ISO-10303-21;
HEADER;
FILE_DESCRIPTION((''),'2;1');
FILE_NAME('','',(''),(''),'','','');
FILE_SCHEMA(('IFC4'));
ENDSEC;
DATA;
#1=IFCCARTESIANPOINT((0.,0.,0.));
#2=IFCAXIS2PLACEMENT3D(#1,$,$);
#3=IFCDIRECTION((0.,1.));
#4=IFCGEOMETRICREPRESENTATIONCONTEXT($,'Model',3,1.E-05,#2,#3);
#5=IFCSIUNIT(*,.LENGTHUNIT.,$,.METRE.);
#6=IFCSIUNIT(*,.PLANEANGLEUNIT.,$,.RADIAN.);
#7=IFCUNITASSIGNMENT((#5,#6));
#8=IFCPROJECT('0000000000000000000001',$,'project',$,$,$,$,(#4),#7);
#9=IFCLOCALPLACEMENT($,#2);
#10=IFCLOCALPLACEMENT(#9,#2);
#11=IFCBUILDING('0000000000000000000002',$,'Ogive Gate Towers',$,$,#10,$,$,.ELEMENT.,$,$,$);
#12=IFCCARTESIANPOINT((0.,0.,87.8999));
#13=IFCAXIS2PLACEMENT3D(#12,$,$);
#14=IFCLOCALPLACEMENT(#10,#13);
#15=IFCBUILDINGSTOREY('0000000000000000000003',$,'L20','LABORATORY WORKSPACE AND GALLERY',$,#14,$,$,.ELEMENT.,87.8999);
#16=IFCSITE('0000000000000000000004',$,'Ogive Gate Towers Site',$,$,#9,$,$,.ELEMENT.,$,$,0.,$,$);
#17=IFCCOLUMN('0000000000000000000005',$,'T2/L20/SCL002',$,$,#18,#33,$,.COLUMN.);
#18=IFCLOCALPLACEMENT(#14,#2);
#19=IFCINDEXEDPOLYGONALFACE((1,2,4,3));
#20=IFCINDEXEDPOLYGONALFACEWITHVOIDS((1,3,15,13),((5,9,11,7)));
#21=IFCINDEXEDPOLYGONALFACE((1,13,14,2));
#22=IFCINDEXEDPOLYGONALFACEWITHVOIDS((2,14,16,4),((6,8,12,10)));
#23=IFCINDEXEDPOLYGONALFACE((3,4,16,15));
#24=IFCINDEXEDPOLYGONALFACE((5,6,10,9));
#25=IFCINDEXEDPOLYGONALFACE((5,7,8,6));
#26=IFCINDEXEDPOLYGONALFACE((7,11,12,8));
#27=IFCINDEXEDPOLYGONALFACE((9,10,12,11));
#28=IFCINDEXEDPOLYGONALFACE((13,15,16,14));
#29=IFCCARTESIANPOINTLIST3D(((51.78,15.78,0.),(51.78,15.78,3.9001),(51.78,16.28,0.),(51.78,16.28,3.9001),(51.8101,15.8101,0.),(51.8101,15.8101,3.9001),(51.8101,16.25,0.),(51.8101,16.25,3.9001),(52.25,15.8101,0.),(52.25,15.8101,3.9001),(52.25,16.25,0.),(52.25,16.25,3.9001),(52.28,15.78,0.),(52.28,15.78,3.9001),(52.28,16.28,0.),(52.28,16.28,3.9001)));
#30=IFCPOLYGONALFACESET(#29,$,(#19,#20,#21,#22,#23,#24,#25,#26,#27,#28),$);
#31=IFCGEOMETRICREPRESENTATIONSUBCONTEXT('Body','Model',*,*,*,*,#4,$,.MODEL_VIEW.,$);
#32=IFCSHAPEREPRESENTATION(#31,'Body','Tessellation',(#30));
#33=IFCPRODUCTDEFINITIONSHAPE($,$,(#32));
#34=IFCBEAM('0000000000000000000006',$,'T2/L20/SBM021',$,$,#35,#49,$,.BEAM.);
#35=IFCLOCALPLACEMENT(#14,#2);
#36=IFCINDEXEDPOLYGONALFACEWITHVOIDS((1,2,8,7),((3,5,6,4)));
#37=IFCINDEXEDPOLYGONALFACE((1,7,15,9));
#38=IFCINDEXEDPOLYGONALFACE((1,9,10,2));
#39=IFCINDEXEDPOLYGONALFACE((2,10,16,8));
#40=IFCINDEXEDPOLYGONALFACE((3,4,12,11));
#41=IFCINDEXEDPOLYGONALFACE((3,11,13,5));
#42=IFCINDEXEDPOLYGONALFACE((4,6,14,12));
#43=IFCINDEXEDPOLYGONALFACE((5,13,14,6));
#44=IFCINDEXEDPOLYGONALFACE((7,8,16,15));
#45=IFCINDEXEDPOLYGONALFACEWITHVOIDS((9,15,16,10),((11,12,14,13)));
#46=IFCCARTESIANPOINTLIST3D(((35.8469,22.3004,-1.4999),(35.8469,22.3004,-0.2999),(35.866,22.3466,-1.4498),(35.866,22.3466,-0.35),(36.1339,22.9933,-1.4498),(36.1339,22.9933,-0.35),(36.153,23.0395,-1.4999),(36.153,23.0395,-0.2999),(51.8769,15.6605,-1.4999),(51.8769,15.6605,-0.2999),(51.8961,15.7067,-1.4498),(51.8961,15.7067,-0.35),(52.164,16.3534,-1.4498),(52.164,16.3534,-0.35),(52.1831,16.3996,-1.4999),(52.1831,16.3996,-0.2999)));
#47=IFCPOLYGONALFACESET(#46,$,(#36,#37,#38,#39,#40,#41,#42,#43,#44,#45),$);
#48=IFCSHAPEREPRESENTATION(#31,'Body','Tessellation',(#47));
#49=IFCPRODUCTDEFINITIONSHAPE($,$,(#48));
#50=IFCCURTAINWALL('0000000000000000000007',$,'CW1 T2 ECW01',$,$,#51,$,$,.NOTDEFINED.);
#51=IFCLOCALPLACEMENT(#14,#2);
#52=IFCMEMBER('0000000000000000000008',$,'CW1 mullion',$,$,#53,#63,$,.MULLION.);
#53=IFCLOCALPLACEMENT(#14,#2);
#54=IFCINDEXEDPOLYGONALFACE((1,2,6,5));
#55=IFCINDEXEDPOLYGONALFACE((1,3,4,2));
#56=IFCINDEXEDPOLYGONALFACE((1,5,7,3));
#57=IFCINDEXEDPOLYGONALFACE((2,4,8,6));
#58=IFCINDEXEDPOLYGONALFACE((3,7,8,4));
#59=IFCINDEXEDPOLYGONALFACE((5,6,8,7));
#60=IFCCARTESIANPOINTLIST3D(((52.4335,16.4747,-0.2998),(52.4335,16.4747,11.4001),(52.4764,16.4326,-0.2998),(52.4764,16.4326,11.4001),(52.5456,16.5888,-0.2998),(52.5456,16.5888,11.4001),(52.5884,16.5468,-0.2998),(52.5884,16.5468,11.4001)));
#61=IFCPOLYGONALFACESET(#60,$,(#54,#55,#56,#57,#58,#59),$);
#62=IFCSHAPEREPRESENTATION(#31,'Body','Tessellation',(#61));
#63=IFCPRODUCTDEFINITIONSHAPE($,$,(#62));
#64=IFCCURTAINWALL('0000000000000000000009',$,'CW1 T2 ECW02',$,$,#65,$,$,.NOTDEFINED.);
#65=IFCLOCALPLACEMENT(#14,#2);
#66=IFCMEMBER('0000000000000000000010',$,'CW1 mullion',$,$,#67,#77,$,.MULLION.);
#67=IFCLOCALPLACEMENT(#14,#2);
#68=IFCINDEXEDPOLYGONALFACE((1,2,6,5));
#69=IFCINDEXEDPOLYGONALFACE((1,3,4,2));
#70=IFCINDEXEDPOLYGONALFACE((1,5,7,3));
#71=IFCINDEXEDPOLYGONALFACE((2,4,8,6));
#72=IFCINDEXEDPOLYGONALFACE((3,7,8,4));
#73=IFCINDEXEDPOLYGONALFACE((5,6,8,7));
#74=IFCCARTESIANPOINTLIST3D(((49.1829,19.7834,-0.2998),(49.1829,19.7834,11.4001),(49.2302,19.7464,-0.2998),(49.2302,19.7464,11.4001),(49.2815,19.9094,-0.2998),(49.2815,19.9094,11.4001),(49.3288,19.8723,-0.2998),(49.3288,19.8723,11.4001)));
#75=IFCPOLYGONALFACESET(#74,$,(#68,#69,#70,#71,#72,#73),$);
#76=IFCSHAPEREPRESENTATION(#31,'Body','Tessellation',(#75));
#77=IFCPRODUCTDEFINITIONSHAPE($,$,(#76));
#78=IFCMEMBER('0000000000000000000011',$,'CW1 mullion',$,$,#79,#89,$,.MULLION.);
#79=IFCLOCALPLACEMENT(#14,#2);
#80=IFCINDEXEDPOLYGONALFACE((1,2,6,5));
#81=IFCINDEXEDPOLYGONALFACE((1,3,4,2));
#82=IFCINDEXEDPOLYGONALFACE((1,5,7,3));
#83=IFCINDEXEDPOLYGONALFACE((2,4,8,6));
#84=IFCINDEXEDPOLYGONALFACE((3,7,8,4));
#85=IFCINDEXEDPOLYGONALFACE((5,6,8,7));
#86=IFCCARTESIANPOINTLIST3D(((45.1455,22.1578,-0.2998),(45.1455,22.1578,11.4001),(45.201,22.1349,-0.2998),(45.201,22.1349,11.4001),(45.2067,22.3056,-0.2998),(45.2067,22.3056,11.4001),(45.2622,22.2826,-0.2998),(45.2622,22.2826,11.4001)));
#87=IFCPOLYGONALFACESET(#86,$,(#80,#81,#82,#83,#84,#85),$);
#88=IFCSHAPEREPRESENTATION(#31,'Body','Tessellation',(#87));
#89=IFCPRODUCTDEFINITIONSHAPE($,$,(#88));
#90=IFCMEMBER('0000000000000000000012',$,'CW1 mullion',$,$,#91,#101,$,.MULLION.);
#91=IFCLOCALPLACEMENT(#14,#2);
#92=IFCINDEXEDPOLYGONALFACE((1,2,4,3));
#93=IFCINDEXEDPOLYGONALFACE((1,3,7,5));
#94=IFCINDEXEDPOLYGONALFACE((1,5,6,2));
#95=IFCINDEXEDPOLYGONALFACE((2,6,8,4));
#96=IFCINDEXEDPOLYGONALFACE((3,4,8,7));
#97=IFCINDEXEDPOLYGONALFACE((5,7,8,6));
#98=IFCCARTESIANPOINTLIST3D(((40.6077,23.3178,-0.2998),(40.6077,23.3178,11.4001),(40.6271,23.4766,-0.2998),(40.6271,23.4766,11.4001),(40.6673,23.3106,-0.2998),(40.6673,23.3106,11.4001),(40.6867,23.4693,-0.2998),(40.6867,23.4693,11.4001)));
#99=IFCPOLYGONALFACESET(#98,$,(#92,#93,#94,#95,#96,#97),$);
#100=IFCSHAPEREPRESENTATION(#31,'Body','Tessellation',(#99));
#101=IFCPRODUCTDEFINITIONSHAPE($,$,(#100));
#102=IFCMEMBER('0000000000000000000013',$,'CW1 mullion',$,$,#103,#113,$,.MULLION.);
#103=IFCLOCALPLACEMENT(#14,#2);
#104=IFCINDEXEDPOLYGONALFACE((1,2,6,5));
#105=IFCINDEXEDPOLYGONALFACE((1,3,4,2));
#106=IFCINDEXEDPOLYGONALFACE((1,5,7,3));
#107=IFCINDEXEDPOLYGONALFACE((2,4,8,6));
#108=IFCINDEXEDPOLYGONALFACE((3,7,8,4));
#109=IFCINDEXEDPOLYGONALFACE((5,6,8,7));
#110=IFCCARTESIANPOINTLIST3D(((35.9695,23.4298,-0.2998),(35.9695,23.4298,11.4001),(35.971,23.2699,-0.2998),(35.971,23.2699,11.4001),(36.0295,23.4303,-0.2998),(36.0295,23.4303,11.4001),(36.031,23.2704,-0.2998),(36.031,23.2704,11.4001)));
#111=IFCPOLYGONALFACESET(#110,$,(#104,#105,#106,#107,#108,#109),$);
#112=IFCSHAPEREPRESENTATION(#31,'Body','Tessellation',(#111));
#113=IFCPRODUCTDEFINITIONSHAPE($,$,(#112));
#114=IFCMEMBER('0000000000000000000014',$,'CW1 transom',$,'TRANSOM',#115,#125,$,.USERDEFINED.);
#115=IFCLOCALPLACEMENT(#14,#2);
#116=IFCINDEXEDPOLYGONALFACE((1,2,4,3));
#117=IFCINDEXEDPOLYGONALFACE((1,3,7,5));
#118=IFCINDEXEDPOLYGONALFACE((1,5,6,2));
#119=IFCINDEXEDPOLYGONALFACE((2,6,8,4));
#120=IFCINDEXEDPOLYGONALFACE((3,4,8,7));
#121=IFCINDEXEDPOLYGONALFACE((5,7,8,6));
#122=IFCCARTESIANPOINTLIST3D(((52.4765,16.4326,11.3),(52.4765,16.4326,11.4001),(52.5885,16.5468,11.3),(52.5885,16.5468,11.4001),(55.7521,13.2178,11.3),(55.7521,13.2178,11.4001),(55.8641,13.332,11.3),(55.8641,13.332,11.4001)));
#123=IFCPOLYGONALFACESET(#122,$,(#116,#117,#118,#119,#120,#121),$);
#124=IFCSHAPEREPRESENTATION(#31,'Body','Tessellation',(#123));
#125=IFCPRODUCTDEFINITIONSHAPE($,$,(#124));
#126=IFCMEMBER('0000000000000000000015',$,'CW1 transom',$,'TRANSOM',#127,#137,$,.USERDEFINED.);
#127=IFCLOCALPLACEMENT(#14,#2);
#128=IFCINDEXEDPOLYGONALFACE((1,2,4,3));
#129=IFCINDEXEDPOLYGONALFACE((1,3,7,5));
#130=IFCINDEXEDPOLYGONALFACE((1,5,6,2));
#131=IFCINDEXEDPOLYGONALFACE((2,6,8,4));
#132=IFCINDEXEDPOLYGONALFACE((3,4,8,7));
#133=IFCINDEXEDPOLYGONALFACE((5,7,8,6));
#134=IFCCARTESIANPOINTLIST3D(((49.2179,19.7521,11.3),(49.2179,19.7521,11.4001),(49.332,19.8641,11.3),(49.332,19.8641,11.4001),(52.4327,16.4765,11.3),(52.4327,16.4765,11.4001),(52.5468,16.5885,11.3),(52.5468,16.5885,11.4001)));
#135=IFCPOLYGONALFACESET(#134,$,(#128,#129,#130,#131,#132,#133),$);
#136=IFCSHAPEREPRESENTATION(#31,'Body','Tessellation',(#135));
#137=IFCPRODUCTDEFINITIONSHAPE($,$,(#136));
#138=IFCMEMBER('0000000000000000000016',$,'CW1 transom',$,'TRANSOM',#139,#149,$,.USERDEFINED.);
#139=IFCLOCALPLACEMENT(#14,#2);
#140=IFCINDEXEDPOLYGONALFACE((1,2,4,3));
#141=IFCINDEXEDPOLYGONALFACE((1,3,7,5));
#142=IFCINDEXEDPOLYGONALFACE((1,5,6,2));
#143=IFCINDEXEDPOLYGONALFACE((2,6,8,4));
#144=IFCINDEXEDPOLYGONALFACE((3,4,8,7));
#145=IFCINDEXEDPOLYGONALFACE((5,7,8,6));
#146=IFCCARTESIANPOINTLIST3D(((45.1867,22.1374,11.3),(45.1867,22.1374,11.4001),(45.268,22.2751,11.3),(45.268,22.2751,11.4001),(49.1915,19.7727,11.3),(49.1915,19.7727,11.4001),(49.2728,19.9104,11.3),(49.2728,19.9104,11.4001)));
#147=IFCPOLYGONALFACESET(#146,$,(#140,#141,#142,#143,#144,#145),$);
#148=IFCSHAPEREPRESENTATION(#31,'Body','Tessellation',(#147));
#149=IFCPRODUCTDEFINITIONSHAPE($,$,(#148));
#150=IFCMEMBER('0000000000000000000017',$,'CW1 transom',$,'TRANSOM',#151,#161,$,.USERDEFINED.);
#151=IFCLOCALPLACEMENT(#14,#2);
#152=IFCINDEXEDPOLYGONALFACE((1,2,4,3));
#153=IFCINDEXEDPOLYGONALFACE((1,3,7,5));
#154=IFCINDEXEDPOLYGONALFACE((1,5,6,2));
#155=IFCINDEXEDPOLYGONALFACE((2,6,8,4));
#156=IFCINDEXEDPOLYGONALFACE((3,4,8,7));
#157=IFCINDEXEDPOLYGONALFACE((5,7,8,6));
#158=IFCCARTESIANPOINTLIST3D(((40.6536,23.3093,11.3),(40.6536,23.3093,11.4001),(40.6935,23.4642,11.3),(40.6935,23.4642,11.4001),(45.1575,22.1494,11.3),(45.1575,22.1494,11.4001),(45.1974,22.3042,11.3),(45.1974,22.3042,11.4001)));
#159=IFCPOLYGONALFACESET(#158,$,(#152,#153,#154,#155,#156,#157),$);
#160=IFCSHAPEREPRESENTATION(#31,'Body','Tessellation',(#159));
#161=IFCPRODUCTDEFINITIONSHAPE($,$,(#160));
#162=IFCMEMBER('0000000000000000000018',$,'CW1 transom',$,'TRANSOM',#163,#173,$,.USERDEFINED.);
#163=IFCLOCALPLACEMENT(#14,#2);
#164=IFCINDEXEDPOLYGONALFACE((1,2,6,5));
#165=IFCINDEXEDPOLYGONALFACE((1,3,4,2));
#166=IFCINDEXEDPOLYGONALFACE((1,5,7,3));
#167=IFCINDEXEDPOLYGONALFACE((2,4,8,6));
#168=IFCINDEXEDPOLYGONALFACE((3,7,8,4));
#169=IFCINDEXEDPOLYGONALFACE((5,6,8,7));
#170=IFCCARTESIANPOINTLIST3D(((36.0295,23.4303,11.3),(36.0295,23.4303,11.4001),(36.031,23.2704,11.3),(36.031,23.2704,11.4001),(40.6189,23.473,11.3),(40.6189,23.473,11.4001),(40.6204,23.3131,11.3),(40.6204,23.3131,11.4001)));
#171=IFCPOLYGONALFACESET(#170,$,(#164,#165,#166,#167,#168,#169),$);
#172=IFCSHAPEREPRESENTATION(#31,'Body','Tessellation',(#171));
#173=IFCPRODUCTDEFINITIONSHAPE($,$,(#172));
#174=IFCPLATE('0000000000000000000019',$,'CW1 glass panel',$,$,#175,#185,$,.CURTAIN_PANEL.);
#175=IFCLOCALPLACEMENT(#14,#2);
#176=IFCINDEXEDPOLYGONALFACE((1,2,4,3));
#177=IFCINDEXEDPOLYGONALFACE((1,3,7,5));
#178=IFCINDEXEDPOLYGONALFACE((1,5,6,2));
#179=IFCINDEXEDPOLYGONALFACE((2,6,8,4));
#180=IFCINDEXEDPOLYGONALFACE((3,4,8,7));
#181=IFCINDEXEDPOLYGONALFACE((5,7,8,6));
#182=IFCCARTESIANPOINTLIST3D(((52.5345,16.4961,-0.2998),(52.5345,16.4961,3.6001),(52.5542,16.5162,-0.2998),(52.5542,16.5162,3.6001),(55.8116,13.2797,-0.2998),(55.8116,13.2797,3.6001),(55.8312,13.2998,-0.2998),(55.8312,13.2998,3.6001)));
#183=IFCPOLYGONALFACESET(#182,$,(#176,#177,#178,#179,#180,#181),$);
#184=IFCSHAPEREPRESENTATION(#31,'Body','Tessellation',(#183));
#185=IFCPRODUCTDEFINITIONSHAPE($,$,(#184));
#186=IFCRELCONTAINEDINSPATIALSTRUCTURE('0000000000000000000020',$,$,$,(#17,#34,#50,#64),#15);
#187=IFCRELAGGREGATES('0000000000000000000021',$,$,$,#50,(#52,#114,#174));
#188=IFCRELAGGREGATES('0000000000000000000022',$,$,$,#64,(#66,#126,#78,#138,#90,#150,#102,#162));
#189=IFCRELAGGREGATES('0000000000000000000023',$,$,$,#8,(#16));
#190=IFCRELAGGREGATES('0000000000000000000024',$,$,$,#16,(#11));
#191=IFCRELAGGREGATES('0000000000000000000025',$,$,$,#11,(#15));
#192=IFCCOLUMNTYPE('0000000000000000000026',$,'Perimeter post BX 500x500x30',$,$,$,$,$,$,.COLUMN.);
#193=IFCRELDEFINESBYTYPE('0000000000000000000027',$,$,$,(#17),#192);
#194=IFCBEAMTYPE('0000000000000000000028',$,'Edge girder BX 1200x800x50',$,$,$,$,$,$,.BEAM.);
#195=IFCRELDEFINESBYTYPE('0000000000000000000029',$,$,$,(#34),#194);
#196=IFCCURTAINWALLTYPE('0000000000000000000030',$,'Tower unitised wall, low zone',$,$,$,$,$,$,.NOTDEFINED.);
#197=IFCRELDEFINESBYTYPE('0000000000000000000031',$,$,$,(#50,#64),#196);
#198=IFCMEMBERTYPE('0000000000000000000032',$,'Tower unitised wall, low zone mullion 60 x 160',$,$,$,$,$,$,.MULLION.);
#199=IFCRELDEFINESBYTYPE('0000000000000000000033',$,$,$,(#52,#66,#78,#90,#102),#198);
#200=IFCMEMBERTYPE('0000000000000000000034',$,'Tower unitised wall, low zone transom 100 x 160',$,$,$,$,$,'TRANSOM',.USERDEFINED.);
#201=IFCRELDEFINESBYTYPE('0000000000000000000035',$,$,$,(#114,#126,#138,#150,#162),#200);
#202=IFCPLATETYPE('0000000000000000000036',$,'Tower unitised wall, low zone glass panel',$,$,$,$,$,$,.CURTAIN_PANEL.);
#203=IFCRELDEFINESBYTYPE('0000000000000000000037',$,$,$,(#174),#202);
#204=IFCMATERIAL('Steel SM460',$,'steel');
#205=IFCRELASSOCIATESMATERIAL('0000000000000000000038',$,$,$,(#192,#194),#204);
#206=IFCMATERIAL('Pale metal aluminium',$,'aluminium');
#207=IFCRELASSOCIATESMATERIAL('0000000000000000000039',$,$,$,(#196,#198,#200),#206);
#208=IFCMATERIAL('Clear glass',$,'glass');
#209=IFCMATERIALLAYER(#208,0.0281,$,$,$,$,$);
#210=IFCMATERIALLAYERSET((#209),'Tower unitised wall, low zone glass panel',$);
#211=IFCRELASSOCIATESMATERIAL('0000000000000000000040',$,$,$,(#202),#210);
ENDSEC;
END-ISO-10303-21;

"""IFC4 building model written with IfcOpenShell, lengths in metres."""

from ifc_helpers import new_model, si_unit, direction, frame, origin, origin_2d, place, context, subcontext, project, spatial, rectangle, hollow_rectangle, extrude, material, layer, layer_set, material_profile, profile_set, type_object, element, aggregate, save


model = new_model("IFC4")

# Units and contexts
model_context = context("Model", 3, precision=1e-05, world=origin(), true_north=direction((0.0, 1.0)))
body_context = subcontext(model_context, "Body", "Model", "MODEL_VIEW")
ifc_project = project(units=[si_unit("LENGTHUNIT", "METRE"), si_unit("PLANEANGLEUNIT", "RADIAN")], contexts=[model_context])

# Site, building, storey
site_placement = place(None, origin())
site = spatial("IfcSite", under=ifc_project, at=site_placement, Name="Ogive Gate Towers Site", CompositionType="ELEMENT", RefElevation=0.0)
building_placement = place(site_placement, origin())
building = spatial("IfcBuilding", under=site, at=building_placement, Name="Ogive Gate Towers", CompositionType="ELEMENT")
storey_placement = place(building_placement, frame((0.0, 0.0, 87.8999)))
storey = spatial("IfcBuildingStorey", under=building, at=storey_placement, Name="L20", Description="LABORATORY WORKSPACE AND GALLERY", CompositionType="ELEMENT", Elevation=87.8999)

# Column
ifc_material_1 = material(Name="Steel SM460", Category="steel")
ifc_material_profile_1 = material_profile(ifc_material_1, hollow_rectangle(XDim=0.5, YDim=0.5, WallThickness=0.03, at=origin_2d()), Name="BX 500x500x30")
ifc_profile_set_1 = profile_set([ifc_material_profile_1], Name="Steel SM460")
column_type = type_object("IfcColumnType", Name="Perimeter post BX 500x500x30", PredefinedType="COLUMN", material=ifc_profile_set_1)
column_placement = place(storey_placement, frame((52.03, 16.03, 0.0), z_axis=(0.0, 0.0, 1.0), x_axis=(1.0, 0.0, 0.0)))
element("IfcColumn", 1, at=column_placement, inside=storey, type_object=column_type, Name="T2/L20/SCL002", PredefinedType="COLUMN", context=body_context, shape_type="SweptSolid", body=[
    extrude(hollow_rectangle(XDim=0.5, YDim=0.5, WallThickness=0.03, at=origin_2d()), origin(), (0.0, 0.0, 1.0), 3.9001),
])

# Beam
ifc_material_profile_2 = material_profile(ifc_material_1, hollow_rectangle(XDim=0.8, YDim=1.2, WallThickness=0.05, at=origin_2d()), Name="BX 1200x800x50")
ifc_profile_set_2 = profile_set([ifc_material_profile_2], Name="Steel SM460")
beam_type = type_object("IfcBeamType", Name="Edge girder BX 1200x800x50", PredefinedType="BEAM", material=ifc_profile_set_2)
beam_placement = place(storey_placement, frame((52.03, 16.03, -0.8999), z_axis=(-0.923879, 0.382685, 0.0), x_axis=(-0.382685, -0.923879, 0.0)))
element("IfcBeam", 2, at=beam_placement, inside=storey, type_object=beam_type, Name="T2/L20/SBM021", PredefinedType="BEAM", context=body_context, shape_type="SweptSolid", body=[
    extrude(hollow_rectangle(XDim=0.8, YDim=1.2, WallThickness=0.05, at=origin_2d()), origin(), (0.0, 0.0, 1.0), 17.3508),
])

# Curtain wall, member
ifc_material_2 = material(Name="Pale metal aluminium", Category="aluminium")
curtain_wall_type = type_object("IfcCurtainWallType", Name="Tower unitised wall, low zone", PredefinedType="NOTDEFINED", material=ifc_material_2)
curtain_wall_1_placement = place(storey_placement, origin())
curtain_wall_1 = element("IfcCurtainWall", 3, at=curtain_wall_1_placement, inside=storey, type_object=curtain_wall_type, Name="CW1 T2 ECW01", PredefinedType="NOTDEFINED")
ifc_material_profile_3 = material_profile(ifc_material_2, rectangle(XDim=0.1599, YDim=0.0601, at=origin_2d()), Name="60 x 160 aluminium box")
ifc_profile_set_3 = profile_set([ifc_material_profile_3], Name="Pale metal aluminium")
member_type_1 = type_object("IfcMemberType", Name="Tower unitised wall, low zone mullion 60 x 160", PredefinedType="MULLION", material=ifc_profile_set_3)
member_1_placement = place(storey_placement, frame((52.511, 16.5107, -0.2998), z_axis=(0.0, 0.0, 1.0), x_axis=(0.700473, 0.713678, 0.0)))
member_1 = element("IfcMember", 4, at=member_1_placement, type_object=member_type_1, Name="CW1 mullion", PredefinedType="MULLION", context=body_context, shape_type="SweptSolid", body=[
    extrude(rectangle(XDim=0.1599, YDim=0.0601, at=origin_2d()), origin(), (0.0, 0.0, 1.0), 11.7),
])

# Curtain wall, members
curtain_wall_2_placement = place(storey_placement, origin())
curtain_wall_2 = element("IfcCurtainWall", 5, at=curtain_wall_2_placement, inside=storey, type_object=curtain_wall_type, Name="CW1 T2 ECW02", PredefinedType="NOTDEFINED")
member_2_placement = place(storey_placement, frame((49.2559, 19.8279, -0.2998), z_axis=(0.0, 0.0, 1.0), x_axis=(0.616321, 0.787495, 0.0)))
member_2 = element("IfcMember", 6, at=member_2_placement, type_object=member_type_1, Name="CW1 mullion", PredefinedType="MULLION", context=body_context, shape_type="SweptSolid", body=[
    extrude(rectangle(XDim=0.1599, YDim=0.0601, at=origin_2d()), origin(), (0.0, 0.0, 1.0), 11.7),
])
member_3_placement = place(storey_placement, frame((45.2039, 22.2202, -0.2998), z_axis=(0.0, 0.0, 1.0), x_axis=(0.382683, 0.92388, 0.0)))
member_3 = element("IfcMember", 7, at=member_3_placement, type_object=member_type_1, Name="CW1 mullion", PredefinedType="MULLION", context=body_context, shape_type="SweptSolid", body=[
    extrude(rectangle(XDim=0.1599, YDim=0.0601, at=origin_2d()), origin(), (0.0, 0.0, 1.0), 11.7),
])
member_4_placement = place(storey_placement, frame((40.6472, 23.3936, -0.2998), z_axis=(0.0, 0.0, 1.0), x_axis=(0.121038, 0.992648, 0.0)))
member_4 = element("IfcMember", 8, at=member_4_placement, type_object=member_type_1, Name="CW1 mullion", PredefinedType="MULLION", context=body_context, shape_type="SweptSolid", body=[
    extrude(rectangle(XDim=0.1599, YDim=0.0601, at=origin_2d()), origin(), (0.0, 0.0, 1.0), 11.7),
])
member_5_placement = place(storey_placement, frame((36.0002, 23.3501, -0.2998), z_axis=(0.0, 0.0, 1.0), x_axis=(-0.009337, 0.999956, 0.0)))
member_5 = element("IfcMember", 9, at=member_5_placement, type_object=member_type_1, Name="CW1 mullion", PredefinedType="MULLION", context=body_context, shape_type="SweptSolid", body=[
    extrude(rectangle(XDim=0.1599, YDim=0.0601, at=origin_2d()), origin(), (0.0, 0.0, 1.0), 11.7),
])

# Members
ifc_material_profile_4 = material_profile(ifc_material_2, rectangle(XDim=0.1599, YDim=0.1001, at=origin_2d()), Name="100 x 160 aluminium box")
ifc_profile_set_4 = profile_set([ifc_material_profile_4], Name="Pale metal aluminium")
member_type_2 = type_object("IfcMemberType", Name="Tower unitised wall, low zone transom 100 x 160", ElementType="TRANSOM", PredefinedType="USERDEFINED", material=ifc_profile_set_4)
member_6_placement = place(storey_placement, frame((55.8081, 13.2749, 11.3501), z_axis=(-0.713698, 0.700453, 0.0), x_axis=(-0.700453, -0.713698, 0.0)))
member_6 = element("IfcMember", 10, at=member_6_placement, type_object=member_type_2, Name="CW1 transom", ObjectType="TRANSOM", PredefinedType="USERDEFINED", context=body_context, shape_type="SweptSolid", body=[
    extrude(rectangle(XDim=0.1599, YDim=0.1001, at=origin_2d()), origin(), (0.0, 0.0, 1.0), 4.5896),
])
member_7_placement = place(storey_placement, frame((52.4897, 16.5325, 11.3501), z_axis=(-0.700453, 0.713698, 0.0), x_axis=(-0.713698, -0.700453, 0.0)))
member_7 = element("IfcMember", 11, at=member_7_placement, type_object=member_type_2, Name="CW1 transom", ObjectType="TRANSOM", PredefinedType="USERDEFINED", context=body_context, shape_type="SweptSolid", body=[
    extrude(rectangle(XDim=0.1599, YDim=0.1001, at=origin_2d()), origin(), (0.0, 0.0, 1.0), 4.5896),
])
member_8_placement = place(storey_placement, frame((49.2322, 19.8416, 11.3501), z_axis=(-0.861094, 0.508446, 0.0), x_axis=(-0.508446, -0.861094, 0.0)))
member_8 = element("IfcMember", 12, at=member_8_placement, type_object=member_type_2, Name="CW1 transom", ObjectType="TRANSOM", PredefinedType="USERDEFINED", context=body_context, shape_type="SweptSolid", body=[
    extrude(rectangle(XDim=0.1599, YDim=0.1001, at=origin_2d()), origin(), (0.0, 0.0, 1.0), 4.6509),
])
member_9_placement = place(storey_placement, frame((45.1775, 22.2268, 11.3501), z_axis=(-0.968401, 0.249397, 0.0), x_axis=(-0.249397, -0.968401, 0.0)))
member_9 = element("IfcMember", 13, at=member_9_placement, type_object=member_type_2, Name="CW1 transom", ObjectType="TRANSOM", PredefinedType="USERDEFINED", context=body_context, shape_type="SweptSolid", body=[
    extrude(rectangle(XDim=0.1599, YDim=0.1001, at=origin_2d()), origin(), (0.0, 0.0, 1.0), 4.6509),
])
member_10_placement = place(storey_placement, frame((40.6196, 23.3931, 11.3501), z_axis=(-0.999957, -0.009309, 0.0), x_axis=(0.009309, -0.999957, 0.0)))
member_10 = element("IfcMember", 14, at=member_10_placement, type_object=member_type_2, Name="CW1 transom", ObjectType="TRANSOM", PredefinedType="USERDEFINED", context=body_context, shape_type="SweptSolid", body=[
    extrude(rectangle(XDim=0.1599, YDim=0.1001, at=origin_2d()), origin(), (0.0, 0.0, 1.0), 4.5896),
])

# Plate
ifc_material_3 = material(Name="Clear glass", Category="glass")
ifc_layer_1 = layer(ifc_material_3, 0.0281)
ifc_layer_set_1 = layer_set([ifc_layer_1], Name="Tower unitised wall, low zone glass panel")
plate_type = type_object("IfcPlateType", Name="Tower unitised wall, low zone glass panel", PredefinedType="CURTAIN_PANEL", material=ifc_layer_set_1)
plate_1_placement = place(storey_placement, frame((54.1829, 14.8979, -0.2998), z_axis=(0.0, 0.0, 1.0), x_axis=(-0.713678, 0.700473, 0.0)))
plate_1 = element("IfcPlate", 15, at=plate_1_placement, type_object=plate_type, Name="CW1 glass panel", PredefinedType="CURTAIN_PANEL", context=body_context, shape_type="SweptSolid", body=[
    extrude(rectangle(XDim=4.5918, YDim=0.0281, at=origin_2d()), origin(), (0.0, 0.0, 1.0), 3.8999),
])
aggregate(curtain_wall_1, [member_1, member_6, plate_1])
aggregate(curtain_wall_2, [member_2, member_7, member_3, member_8, member_4, member_9, member_5, member_10])

save(model, "model.ifc")
